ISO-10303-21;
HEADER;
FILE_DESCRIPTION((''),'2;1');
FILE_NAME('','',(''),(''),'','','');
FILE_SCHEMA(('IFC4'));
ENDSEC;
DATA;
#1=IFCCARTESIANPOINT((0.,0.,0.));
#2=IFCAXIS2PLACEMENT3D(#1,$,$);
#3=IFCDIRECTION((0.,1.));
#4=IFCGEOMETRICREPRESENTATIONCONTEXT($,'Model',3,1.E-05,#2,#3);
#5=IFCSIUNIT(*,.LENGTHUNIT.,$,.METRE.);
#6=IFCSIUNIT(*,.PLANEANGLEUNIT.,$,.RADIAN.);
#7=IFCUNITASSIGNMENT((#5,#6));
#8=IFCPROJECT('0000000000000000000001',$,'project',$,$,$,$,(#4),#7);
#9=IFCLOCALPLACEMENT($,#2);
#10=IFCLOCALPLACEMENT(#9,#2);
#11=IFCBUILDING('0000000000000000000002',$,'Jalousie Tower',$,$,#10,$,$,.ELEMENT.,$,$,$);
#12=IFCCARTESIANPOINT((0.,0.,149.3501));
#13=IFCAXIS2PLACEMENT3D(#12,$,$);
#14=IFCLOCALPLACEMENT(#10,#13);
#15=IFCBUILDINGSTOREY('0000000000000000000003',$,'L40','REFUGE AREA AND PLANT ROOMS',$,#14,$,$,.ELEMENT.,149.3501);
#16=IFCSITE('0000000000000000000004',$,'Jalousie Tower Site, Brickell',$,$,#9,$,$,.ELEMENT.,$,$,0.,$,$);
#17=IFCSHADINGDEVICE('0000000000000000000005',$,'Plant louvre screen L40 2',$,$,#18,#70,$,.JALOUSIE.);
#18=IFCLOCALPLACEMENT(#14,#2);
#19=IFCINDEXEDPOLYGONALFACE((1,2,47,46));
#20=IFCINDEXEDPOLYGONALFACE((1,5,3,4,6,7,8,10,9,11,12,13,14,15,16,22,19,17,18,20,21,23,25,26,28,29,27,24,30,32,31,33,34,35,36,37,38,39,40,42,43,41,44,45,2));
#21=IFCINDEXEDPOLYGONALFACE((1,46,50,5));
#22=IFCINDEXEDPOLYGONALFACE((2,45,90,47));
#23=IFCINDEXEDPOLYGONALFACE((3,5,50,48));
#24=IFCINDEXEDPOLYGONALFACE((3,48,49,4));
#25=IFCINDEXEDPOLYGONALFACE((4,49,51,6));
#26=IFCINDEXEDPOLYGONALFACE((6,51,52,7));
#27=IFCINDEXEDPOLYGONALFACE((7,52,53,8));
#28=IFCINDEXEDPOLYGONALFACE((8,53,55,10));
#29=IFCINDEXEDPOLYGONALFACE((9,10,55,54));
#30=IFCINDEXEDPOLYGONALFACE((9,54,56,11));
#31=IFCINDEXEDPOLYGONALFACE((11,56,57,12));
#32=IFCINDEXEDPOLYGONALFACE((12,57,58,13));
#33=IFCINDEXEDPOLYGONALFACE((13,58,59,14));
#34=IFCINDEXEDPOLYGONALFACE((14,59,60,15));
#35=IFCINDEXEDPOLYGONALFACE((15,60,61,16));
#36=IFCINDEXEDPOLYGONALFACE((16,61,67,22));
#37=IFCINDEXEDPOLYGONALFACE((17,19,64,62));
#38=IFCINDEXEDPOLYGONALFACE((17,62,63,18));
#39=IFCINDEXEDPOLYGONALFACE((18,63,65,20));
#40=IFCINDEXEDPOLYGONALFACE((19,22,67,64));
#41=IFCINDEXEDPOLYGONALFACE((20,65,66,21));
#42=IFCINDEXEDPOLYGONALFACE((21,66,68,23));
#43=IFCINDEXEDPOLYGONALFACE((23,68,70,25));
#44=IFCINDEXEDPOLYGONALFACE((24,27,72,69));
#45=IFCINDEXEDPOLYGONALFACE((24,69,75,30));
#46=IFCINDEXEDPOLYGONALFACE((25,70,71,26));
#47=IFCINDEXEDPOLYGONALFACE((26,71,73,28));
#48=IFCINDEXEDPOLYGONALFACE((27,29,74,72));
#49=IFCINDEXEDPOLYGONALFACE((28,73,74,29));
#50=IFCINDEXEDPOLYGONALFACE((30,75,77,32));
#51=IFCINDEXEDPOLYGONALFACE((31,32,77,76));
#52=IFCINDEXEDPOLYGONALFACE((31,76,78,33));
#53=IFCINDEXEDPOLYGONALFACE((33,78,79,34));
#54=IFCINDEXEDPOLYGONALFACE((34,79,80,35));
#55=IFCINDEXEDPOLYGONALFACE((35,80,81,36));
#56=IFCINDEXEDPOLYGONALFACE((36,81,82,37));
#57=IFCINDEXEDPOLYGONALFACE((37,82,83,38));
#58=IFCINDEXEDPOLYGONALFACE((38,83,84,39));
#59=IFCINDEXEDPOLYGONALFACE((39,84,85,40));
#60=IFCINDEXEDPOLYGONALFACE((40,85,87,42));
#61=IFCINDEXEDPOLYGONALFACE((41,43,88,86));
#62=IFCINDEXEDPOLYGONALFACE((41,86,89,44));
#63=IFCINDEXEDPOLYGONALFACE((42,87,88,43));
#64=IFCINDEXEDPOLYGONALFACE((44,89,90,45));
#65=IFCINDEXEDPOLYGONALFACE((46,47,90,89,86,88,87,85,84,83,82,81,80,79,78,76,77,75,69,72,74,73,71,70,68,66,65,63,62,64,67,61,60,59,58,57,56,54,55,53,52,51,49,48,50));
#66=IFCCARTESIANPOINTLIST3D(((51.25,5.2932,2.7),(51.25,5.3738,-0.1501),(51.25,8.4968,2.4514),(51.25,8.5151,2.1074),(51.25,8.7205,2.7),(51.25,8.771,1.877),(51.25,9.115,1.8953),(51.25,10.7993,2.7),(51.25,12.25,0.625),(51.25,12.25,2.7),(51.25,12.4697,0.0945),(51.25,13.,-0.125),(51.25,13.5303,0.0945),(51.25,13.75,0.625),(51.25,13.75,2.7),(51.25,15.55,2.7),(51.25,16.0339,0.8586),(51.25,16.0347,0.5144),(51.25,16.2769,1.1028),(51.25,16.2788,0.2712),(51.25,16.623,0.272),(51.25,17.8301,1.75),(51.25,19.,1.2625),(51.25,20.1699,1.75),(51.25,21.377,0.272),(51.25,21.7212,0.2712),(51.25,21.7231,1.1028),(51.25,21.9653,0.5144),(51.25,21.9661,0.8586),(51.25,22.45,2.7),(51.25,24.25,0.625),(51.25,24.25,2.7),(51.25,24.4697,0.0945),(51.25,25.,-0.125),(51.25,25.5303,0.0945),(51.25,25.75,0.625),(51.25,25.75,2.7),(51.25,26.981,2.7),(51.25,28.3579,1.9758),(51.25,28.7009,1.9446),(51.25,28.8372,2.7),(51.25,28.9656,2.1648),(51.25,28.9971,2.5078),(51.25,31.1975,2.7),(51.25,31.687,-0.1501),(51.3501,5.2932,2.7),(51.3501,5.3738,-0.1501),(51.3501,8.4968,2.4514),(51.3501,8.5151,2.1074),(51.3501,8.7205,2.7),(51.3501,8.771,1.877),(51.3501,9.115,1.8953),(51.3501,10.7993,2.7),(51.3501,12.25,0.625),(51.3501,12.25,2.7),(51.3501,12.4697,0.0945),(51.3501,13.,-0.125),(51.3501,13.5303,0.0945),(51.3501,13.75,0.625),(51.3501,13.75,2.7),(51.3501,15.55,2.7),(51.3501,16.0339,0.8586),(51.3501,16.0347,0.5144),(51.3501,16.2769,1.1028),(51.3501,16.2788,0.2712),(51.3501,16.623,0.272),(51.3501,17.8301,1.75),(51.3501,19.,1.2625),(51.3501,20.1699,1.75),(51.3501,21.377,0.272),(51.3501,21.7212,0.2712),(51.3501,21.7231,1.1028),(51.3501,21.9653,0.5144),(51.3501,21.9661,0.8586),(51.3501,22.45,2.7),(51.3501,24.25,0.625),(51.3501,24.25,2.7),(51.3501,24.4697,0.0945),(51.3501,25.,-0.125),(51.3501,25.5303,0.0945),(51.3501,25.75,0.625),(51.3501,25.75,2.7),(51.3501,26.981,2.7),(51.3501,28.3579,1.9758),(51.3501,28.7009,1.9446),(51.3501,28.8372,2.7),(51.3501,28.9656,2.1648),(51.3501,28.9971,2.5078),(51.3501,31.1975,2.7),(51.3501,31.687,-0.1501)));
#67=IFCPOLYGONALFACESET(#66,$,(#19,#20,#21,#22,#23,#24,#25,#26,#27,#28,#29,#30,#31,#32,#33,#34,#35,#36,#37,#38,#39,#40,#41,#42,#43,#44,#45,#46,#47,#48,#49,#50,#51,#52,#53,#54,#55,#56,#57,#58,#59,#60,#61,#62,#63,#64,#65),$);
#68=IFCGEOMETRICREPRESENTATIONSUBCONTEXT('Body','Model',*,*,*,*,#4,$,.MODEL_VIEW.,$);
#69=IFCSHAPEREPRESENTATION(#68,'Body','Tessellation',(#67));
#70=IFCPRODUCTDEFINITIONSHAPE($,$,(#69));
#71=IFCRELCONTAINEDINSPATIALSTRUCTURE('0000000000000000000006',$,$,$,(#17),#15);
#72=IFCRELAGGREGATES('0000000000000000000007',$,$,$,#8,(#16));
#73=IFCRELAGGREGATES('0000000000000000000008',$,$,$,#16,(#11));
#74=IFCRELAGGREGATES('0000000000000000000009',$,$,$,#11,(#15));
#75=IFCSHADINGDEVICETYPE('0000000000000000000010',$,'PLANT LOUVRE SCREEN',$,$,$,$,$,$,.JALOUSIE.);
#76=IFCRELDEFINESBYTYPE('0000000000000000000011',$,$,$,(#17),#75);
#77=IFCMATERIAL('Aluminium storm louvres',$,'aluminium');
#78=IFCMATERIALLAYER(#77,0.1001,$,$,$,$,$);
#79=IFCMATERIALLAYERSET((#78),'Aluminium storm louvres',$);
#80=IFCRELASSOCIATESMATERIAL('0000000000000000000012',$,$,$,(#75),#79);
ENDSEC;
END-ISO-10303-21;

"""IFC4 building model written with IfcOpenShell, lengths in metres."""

from ifc_helpers import new_model, si_unit, direction, frame, origin, place, context, subcontext, project, spatial, polyline, outline, extrude, material, layer, layer_set, type_object, element, save


model = new_model("IFC4")

# Units and contexts
model_context = context("Model", 3, precision=1e-05, world=origin(), true_north=direction((0.0, 1.0)))
body_context = subcontext(model_context, "Body", "Model", "MODEL_VIEW")
ifc_project = project(units=[si_unit("LENGTHUNIT", "METRE"), si_unit("PLANEANGLEUNIT", "RADIAN")], contexts=[model_context])

# Site, building, storey
site_placement = place(None, origin())
site = spatial("IfcSite", under=ifc_project, at=site_placement, Name="Jalousie Tower Site, Brickell", CompositionType="ELEMENT", RefElevation=0.0)
building_placement = place(site_placement, origin())
building = spatial("IfcBuilding", under=site, at=building_placement, Name="Jalousie Tower", CompositionType="ELEMENT")
storey_placement = place(building_placement, frame((0.0, 0.0, 149.3501)))
storey = spatial("IfcBuildingStorey", under=building, at=storey_placement, Name="L40", Description="REFUGE AREA AND PLANT ROOMS", CompositionType="ELEMENT", Elevation=149.3501)

# Shading device
ifc_material_1 = material(Name="Aluminium storm louvres", Category="aluminium")
ifc_layer_1 = layer(ifc_material_1, 0.1001)
ifc_layer_set_1 = layer_set([ifc_layer_1], Name="Aluminium storm louvres")
shading_device_type = type_object("IfcShadingDeviceType", Name="PLANT LOUVRE SCREEN", PredefinedType="JALOUSIE", material=ifc_layer_set_1)
shading_device_1_placement = place(storey_placement, frame((51.3501, 5.3738, -0.1501), z_axis=(1.0, 0.0, 0.0), x_axis=(0.0, 1.0, 0.0)))
element("IfcShadingDevice", 1, at=shading_device_1_placement, inside=storey, type_object=shading_device_type, Name="Plant louvre screen L40 2", PredefinedType="JALOUSIE", context=body_context, shape_type="SweptSolid", body=[
    extrude(outline(polyline([(0.0, 0.0), (26.3132, 0.0), (25.8237, 2.8501), (23.4634, 2.8501), (23.6233, 2.658), (23.5918, 2.3149), (23.3271, 2.0947), (22.9841, 2.126), (21.6072, 2.8501), (20.3762, 2.8501), (20.3762, 0.7751), (20.1565, 0.2446), (19.6262, 0.0251), (19.0959, 0.2446), (18.8762, 0.7751), (18.8762, 2.8501), (17.0762, 2.8501), (14.7961, 1.9001), (16.3494, 1.2529), (16.5923, 1.0088), (16.5916, 0.6646), (16.3474, 0.4214), (16.0032, 0.4221), (13.6262, 1.4126), (11.2493, 0.4221), (10.905, 0.4214), (10.6609, 0.6646), (10.6602, 1.0088), (10.9031, 1.2529), (12.4563, 1.9001), (10.1763, 2.8501), (8.3762, 2.8501), (8.3762, 0.7751), (8.1565, 0.2446), (7.6262, 0.0251), (7.0959, 0.2446), (6.8762, 0.7751), (6.8762, 2.8501), (5.4255, 2.8501), (3.7412, 2.0454), (3.3972, 2.0271), (3.1414, 2.2576), (3.123, 2.6016), (3.3467, 2.8501), (-0.0806, 2.8501), (0.0, 0.0)])), origin(), (0.0, 0.0, -1.0), 0.1001),
])

save(model, "model.ifc")
